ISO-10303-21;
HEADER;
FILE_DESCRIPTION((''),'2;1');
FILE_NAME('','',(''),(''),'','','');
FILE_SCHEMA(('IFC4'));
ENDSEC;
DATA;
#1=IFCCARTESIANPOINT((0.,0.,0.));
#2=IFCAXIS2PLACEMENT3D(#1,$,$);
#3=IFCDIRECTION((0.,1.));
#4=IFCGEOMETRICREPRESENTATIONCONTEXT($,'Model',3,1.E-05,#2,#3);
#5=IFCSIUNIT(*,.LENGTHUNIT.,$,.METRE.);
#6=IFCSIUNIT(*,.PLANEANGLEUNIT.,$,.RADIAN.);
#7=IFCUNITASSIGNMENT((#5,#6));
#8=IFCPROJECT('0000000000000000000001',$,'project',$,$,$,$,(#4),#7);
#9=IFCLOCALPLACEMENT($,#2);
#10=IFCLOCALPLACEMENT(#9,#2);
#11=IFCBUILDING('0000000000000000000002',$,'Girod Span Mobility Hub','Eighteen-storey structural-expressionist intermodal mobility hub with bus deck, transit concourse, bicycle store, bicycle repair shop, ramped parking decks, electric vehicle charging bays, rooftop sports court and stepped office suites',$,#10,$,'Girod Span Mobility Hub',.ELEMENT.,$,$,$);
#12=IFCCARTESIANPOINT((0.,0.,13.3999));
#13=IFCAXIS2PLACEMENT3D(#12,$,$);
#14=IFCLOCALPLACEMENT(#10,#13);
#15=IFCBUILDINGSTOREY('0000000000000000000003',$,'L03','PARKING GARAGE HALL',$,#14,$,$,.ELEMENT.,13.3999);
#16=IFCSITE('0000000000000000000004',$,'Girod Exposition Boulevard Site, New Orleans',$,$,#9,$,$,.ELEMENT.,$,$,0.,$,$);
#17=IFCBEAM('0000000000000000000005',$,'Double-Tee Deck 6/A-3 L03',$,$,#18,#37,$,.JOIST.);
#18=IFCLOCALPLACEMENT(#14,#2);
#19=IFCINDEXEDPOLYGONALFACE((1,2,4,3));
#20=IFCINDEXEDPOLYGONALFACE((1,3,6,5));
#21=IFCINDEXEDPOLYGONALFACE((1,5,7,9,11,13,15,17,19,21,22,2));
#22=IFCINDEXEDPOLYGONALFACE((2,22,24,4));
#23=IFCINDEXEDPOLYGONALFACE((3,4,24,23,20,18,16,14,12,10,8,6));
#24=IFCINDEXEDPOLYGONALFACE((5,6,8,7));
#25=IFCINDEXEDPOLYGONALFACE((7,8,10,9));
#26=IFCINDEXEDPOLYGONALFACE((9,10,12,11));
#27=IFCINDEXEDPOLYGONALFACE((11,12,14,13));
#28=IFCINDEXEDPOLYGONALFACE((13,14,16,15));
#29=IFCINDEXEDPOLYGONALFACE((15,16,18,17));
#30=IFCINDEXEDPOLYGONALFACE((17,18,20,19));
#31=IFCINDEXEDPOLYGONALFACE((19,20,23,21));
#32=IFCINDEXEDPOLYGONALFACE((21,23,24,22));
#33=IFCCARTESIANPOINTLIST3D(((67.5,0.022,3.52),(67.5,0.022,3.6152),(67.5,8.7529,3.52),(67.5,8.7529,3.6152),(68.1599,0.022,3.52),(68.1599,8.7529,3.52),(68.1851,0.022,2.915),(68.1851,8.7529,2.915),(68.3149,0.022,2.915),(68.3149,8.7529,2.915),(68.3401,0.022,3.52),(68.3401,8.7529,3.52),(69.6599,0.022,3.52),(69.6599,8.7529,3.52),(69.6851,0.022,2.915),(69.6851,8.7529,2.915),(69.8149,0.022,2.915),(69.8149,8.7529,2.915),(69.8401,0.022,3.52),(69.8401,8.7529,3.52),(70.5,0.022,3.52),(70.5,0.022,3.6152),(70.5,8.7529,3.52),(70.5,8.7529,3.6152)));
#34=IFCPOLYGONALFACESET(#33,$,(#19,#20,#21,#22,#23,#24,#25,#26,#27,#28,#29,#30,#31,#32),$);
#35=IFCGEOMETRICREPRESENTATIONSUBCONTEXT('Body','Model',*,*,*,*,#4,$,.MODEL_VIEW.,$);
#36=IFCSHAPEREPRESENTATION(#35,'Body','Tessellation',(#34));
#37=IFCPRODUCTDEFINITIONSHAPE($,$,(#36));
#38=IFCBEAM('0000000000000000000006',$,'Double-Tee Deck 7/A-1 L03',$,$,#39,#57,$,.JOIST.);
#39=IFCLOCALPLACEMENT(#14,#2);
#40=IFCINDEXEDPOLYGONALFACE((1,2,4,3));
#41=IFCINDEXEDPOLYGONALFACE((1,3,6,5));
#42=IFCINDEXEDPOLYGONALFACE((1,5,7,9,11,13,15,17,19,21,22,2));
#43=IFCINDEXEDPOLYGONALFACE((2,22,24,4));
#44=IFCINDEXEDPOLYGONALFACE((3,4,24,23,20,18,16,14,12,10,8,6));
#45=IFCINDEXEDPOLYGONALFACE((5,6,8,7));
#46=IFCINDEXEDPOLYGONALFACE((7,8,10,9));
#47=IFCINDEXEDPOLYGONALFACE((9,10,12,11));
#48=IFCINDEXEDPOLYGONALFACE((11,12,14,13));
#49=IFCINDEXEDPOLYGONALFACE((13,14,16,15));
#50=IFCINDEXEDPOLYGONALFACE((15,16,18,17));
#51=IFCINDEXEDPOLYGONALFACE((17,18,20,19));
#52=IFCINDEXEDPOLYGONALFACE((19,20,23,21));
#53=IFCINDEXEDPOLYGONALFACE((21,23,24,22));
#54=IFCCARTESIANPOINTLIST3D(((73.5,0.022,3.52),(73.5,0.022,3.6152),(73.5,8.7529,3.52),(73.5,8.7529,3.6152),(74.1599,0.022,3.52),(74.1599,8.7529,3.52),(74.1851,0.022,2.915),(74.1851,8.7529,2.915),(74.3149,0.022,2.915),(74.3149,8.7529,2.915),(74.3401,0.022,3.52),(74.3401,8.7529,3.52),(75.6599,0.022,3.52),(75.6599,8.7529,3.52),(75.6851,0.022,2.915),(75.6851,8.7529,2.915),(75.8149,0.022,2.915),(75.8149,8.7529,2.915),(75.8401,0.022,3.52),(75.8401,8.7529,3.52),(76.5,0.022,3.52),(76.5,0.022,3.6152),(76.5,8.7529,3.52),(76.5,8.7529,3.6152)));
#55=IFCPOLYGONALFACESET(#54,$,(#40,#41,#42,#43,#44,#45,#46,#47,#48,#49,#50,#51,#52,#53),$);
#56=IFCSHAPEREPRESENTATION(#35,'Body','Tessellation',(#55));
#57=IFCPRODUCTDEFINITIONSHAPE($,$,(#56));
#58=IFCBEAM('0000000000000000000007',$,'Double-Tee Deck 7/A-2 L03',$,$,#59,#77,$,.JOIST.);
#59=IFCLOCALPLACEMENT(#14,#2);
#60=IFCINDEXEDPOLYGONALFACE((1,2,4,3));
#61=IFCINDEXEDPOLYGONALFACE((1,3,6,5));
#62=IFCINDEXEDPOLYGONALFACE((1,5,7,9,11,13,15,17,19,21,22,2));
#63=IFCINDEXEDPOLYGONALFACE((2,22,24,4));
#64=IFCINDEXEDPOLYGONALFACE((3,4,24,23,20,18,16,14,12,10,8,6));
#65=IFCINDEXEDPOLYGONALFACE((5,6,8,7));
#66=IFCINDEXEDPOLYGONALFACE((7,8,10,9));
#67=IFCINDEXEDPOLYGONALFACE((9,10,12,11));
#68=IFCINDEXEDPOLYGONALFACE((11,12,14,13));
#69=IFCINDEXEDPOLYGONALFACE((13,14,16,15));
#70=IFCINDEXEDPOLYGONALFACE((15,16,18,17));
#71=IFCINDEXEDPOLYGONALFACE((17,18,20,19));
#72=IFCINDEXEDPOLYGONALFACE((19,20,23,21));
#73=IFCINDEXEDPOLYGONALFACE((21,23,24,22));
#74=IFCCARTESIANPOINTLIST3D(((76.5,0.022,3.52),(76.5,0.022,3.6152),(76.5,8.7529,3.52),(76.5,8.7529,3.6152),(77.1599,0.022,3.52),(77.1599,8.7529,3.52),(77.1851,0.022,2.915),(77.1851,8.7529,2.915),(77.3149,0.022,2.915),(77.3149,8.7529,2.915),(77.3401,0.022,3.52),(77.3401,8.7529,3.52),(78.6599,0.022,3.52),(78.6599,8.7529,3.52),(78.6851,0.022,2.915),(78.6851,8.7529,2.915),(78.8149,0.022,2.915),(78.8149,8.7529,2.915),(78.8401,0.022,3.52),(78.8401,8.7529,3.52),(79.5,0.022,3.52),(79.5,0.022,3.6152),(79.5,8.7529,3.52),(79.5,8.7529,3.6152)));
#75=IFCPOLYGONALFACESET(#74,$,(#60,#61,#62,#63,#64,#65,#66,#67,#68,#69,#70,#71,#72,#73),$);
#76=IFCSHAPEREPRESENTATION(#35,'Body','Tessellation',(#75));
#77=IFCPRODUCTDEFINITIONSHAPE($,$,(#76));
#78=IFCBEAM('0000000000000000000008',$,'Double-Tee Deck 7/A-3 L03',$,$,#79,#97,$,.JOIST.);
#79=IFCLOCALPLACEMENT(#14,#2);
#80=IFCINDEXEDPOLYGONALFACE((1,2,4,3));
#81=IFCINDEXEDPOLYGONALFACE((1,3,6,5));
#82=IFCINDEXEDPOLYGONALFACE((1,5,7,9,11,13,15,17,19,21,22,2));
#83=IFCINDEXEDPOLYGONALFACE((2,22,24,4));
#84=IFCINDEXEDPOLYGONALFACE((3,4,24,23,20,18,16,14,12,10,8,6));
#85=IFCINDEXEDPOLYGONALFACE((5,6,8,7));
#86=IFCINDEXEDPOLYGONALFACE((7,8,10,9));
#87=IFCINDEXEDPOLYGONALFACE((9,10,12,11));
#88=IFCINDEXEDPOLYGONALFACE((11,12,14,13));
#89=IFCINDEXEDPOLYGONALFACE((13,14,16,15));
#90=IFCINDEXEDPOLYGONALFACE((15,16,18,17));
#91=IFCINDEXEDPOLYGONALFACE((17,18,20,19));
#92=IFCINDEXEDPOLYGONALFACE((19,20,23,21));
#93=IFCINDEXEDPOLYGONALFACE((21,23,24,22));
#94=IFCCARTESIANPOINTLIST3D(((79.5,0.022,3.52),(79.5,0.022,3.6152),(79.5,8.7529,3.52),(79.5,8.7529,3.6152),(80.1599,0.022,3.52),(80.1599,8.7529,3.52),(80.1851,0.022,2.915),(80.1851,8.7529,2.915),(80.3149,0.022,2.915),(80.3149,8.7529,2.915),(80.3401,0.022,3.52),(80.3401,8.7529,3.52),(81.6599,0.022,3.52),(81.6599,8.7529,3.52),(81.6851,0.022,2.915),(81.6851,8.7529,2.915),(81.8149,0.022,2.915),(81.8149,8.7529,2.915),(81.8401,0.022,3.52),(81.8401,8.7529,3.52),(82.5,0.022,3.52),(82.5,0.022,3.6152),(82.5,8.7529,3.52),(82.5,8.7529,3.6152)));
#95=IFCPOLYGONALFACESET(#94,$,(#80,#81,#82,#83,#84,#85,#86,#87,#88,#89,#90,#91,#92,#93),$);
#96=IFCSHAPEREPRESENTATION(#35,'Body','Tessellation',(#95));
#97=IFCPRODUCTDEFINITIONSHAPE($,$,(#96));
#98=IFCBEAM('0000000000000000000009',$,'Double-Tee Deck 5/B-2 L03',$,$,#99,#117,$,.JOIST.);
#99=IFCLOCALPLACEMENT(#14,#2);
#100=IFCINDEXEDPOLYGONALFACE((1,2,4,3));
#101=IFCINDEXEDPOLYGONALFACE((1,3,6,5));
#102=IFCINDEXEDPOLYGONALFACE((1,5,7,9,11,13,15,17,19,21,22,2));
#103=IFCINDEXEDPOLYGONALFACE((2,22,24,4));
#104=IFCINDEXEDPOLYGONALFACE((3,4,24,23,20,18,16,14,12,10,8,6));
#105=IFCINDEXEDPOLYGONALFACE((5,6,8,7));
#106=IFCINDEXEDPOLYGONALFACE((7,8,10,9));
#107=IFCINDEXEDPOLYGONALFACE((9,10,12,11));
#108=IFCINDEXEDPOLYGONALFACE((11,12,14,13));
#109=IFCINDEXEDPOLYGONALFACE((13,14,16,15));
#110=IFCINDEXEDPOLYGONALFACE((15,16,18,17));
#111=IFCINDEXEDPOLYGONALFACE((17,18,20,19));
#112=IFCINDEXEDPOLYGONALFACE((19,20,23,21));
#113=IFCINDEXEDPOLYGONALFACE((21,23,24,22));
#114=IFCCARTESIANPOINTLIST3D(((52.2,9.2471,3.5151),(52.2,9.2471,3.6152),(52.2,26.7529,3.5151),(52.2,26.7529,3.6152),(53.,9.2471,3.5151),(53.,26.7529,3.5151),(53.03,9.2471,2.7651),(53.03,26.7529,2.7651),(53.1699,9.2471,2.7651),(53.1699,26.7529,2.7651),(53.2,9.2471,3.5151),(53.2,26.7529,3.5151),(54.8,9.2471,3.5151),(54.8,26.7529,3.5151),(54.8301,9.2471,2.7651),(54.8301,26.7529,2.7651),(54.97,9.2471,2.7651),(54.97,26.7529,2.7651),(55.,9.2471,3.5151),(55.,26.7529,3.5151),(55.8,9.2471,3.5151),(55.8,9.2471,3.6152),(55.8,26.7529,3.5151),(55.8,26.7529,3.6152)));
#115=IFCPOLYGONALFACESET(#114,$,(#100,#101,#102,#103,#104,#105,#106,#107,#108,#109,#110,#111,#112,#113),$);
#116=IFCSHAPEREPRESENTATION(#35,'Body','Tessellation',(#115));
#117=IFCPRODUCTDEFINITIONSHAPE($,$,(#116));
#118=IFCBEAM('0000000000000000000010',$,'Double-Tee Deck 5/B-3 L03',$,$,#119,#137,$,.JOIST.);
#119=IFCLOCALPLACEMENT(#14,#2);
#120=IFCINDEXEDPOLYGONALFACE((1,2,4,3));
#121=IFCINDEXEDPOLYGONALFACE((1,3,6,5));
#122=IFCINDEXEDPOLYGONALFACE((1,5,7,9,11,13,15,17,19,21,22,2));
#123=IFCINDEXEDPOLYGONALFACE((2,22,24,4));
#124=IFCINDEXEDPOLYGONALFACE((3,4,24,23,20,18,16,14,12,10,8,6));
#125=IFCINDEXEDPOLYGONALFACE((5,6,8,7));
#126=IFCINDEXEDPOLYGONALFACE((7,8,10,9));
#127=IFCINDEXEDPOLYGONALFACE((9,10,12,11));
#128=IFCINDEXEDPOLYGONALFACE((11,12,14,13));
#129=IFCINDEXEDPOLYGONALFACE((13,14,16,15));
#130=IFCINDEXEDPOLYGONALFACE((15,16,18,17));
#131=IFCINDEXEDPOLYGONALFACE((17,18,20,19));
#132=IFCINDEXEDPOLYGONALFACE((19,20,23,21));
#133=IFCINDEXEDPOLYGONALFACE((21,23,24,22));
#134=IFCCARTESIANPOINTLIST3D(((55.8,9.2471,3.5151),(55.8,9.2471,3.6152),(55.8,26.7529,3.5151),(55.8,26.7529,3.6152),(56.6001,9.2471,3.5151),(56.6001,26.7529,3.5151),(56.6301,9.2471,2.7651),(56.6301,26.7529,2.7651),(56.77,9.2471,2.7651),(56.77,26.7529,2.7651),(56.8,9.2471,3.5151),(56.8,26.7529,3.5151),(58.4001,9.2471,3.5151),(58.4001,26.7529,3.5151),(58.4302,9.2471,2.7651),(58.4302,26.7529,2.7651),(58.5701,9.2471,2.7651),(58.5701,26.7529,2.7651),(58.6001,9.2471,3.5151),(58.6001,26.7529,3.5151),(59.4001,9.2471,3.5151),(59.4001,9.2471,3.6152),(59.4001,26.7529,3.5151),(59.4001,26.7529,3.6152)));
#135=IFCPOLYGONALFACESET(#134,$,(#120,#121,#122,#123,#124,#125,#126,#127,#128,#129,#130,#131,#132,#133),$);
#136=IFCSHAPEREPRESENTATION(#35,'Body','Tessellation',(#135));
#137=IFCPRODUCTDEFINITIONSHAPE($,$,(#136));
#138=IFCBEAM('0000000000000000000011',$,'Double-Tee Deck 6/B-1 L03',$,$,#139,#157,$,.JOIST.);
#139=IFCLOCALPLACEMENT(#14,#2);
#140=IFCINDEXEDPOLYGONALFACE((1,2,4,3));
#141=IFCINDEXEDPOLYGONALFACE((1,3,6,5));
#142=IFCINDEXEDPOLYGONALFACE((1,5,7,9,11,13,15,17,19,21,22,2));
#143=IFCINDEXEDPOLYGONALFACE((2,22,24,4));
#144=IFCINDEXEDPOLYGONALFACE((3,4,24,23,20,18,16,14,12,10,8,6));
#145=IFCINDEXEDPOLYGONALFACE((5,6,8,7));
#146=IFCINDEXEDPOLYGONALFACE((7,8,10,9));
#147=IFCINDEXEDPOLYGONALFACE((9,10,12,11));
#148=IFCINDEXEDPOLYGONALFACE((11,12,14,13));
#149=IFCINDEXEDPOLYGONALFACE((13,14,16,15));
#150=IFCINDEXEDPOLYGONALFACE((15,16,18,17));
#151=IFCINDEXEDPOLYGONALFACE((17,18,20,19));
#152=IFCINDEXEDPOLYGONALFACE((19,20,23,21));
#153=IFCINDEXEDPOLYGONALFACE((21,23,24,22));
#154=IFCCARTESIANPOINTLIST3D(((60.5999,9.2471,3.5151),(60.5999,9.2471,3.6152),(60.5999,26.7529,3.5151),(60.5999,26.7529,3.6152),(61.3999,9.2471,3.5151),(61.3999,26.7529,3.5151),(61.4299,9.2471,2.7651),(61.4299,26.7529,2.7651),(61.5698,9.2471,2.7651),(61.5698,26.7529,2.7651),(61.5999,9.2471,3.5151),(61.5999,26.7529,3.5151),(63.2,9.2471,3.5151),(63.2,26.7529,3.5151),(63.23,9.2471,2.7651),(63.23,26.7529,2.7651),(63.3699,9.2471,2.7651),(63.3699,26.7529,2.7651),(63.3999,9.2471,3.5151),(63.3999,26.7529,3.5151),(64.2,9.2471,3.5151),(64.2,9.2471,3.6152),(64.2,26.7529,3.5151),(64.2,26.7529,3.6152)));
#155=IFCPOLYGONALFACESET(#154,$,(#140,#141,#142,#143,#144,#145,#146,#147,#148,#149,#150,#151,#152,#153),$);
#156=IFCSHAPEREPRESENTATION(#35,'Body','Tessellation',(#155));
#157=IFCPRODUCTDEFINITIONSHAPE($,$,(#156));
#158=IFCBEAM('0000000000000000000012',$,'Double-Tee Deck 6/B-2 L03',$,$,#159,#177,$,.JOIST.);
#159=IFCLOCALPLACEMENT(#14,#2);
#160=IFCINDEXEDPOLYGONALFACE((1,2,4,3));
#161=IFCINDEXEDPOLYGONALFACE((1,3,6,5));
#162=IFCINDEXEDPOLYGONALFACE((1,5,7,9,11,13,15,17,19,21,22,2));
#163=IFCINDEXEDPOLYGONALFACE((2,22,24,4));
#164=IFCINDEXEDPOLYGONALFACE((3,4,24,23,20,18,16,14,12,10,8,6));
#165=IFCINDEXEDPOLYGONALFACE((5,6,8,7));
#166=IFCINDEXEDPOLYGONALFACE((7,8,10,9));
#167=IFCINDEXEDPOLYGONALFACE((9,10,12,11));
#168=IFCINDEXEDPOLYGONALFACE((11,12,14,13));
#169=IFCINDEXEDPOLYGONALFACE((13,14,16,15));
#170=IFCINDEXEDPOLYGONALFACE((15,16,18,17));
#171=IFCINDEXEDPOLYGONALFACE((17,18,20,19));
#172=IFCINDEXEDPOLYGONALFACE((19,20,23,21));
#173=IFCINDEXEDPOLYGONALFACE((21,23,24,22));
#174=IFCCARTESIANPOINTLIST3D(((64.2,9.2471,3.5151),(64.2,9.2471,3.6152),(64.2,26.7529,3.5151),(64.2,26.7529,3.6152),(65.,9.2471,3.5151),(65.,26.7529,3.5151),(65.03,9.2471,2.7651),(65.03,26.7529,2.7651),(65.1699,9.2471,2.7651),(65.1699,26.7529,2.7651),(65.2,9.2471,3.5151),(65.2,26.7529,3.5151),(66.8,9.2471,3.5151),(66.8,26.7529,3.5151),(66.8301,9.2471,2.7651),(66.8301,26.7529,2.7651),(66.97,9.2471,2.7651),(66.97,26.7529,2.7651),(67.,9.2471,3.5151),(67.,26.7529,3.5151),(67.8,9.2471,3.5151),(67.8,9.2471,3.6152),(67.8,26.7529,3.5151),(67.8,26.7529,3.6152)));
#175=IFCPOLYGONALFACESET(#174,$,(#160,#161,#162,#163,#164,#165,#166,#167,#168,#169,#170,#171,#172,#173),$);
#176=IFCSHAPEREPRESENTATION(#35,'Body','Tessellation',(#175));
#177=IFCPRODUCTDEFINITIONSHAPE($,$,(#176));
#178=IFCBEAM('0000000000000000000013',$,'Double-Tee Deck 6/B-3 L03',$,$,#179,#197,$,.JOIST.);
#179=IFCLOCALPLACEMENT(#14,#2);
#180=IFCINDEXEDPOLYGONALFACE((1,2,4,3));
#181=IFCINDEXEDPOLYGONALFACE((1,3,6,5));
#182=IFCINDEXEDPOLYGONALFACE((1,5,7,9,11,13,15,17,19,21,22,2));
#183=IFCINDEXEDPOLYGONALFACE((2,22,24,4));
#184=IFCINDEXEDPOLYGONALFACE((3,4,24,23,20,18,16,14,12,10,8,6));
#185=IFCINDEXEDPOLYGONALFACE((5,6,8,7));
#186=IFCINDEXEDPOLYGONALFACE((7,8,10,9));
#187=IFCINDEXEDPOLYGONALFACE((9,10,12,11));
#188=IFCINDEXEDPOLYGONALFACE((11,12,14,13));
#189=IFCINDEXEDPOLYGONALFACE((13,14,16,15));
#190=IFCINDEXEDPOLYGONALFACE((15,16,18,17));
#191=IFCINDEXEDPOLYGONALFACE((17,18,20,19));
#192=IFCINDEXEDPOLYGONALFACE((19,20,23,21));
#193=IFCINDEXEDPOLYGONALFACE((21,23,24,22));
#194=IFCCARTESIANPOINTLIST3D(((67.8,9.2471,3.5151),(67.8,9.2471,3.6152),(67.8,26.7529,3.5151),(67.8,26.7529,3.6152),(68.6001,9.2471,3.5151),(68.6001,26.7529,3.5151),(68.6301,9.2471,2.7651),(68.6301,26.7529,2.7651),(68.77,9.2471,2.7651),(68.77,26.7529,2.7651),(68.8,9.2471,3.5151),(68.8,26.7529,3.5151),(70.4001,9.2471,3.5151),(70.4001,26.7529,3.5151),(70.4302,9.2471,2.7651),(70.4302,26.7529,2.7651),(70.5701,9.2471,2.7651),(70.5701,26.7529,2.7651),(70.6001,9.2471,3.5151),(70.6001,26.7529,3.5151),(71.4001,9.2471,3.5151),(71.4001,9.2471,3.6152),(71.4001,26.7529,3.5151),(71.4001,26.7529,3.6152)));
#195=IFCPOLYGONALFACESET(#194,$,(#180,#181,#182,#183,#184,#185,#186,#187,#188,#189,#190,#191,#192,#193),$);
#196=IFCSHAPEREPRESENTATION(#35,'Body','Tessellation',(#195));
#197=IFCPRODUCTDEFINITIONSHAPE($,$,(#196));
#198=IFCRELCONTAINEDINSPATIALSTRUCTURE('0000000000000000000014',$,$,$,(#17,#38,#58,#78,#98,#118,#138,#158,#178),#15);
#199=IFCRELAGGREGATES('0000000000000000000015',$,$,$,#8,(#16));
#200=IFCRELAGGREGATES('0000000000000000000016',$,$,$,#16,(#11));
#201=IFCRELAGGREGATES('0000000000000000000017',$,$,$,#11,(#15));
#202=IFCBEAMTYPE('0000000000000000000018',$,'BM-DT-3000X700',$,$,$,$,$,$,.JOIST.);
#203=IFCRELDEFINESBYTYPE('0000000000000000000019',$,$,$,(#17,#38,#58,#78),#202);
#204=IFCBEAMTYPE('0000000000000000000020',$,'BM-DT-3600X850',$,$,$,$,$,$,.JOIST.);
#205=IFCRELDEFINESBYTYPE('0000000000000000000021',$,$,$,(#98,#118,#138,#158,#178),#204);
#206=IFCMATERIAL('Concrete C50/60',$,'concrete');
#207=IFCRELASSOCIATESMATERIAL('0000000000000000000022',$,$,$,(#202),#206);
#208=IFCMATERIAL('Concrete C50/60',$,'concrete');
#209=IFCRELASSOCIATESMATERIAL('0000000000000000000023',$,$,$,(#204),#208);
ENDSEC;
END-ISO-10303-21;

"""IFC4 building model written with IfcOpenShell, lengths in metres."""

from ifc_helpers import new_model, si_unit, direction, frame, origin, place, context, subcontext, project, spatial, polyline, outline, extrude, material, material_profile, profile_set, type_object, element, save


model = new_model("IFC4")

# Units and contexts
model_context = context("Model", 3, precision=1e-05, world=origin(), true_north=direction((0.0, 1.0)))
body_context = subcontext(model_context, "Body", "Model", "MODEL_VIEW")
ifc_project = project(units=[si_unit("LENGTHUNIT", "METRE"), si_unit("PLANEANGLEUNIT", "RADIAN")], contexts=[model_context])

# Site, building, storey
site_placement = place(None, origin())
site = spatial("IfcSite", under=ifc_project, at=site_placement, Name="Girod Exposition Boulevard Site, New Orleans", CompositionType="ELEMENT", RefElevation=0.0)
building_placement = place(site_placement, origin())
building = spatial("IfcBuilding", under=site, at=building_placement, Name="Girod Span Mobility Hub", Description="Eighteen-storey structural-expressionist intermodal mobility hub with bus deck, transit concourse, bicycle store, bicycle repair shop, ramped parking decks, electric vehicle charging bays, rooftop sports court and stepped office suites", LongName="Girod Span Mobility Hub", CompositionType="ELEMENT")
storey_placement = place(building_placement, frame((0.0, 0.0, 13.3999)))
storey = spatial("IfcBuildingStorey", under=building, at=storey_placement, Name="L03", Description="PARKING GARAGE HALL", CompositionType="ELEMENT", Elevation=13.3999)

# Beams
ifc_material_1 = material(Name="Concrete C50/60", Category="concrete")
ifc_material_profile_1 = material_profile(ifc_material_1, outline(polyline([(-1.5, 0.3501), (-1.5, 0.2549), (-0.8401, 0.2549), (-0.8149, -0.3501), (-0.6851, -0.3501), (-0.6599, 0.2549), (0.6599, 0.2549), (0.6851, -0.3501), (0.8149, -0.3501), (0.8401, 0.2549), (1.5, 0.2549), (1.5, 0.3501), (-1.5, 0.3501)])), Name="DT-3000X700")
ifc_profile_set_1 = profile_set([ifc_material_profile_1], Name="Concrete C50/60")
beam_type_1 = type_object("IfcBeamType", Name="BM-DT-3000X700", PredefinedType="JOIST", material=ifc_profile_set_1)
for number, where, z_axis, x_axis, name in (
    (1, (69.0, 0.022, 3.2651), (0.0, 1.0, 0.0), (-1.0, 0.0, 0.0), "Double-Tee Deck 6/A-3 L03"),
    (2, (75.0, 0.022, 3.2651), (0.0, 1.0, 0.0), (-1.0, 0.0, 0.0), "Double-Tee Deck 7/A-1 L03"),
    (3, (78.0, 0.022, 3.2651), (0.0, 1.0, 0.0), (-1.0, 0.0, 0.0), "Double-Tee Deck 7/A-2 L03"),
    (4, (81.0, 0.022, 3.2651), (0.0, 1.0, 0.0), (-1.0, 0.0, 0.0), "Double-Tee Deck 7/A-3 L03"),
):
    element("IfcBeam", number, at=place(storey_placement, frame(where, z_axis=z_axis, x_axis=x_axis)), inside=storey, type_object=beam_type_1, Name=name, PredefinedType="JOIST", context=body_context, shape_type="SweptSolid", body=[
        extrude(outline(polyline([(-1.5, 0.3501), (-1.5, 0.2549), (-0.8401, 0.2549), (-0.8149, -0.3501), (-0.6851, -0.3501), (-0.6599, 0.2549), (0.6599, 0.2549), (0.6851, -0.3501), (0.8149, -0.3501), (0.8401, 0.2549), (1.5, 0.2549), (1.5, 0.3501), (-1.5, 0.3501)])), origin(), (0.0, 0.0, 1.0), 8.731),
    ])
ifc_material_2 = material(Name="Concrete C50/60", Category="concrete")
ifc_material_profile_2 = material_profile(ifc_material_2, outline(polyline([(-1.8, 0.425), (-1.8, 0.325), (-1.0, 0.325), (-0.97, -0.425), (-0.8301, -0.425), (-0.8, 0.325), (0.8, 0.325), (0.8301, -0.425), (0.97, -0.425), (1.0, 0.325), (1.8, 0.325), (1.8, 0.425), (-1.8, 0.425)])), Name="DT-3600X850")
ifc_profile_set_2 = profile_set([ifc_material_profile_2], Name="Concrete C50/60")
beam_type_2 = type_object("IfcBeamType", Name="BM-DT-3600X850", PredefinedType="JOIST", material=ifc_profile_set_2)
for number, where, z_axis, x_axis, name in (
    (5, (54.0, 9.2471, 3.1902), (0.0, 1.0, 0.0), (-1.0, 0.0, 0.0), "Double-Tee Deck 5/B-2 L03"),
    (6, (57.6001, 9.2471, 3.1902), (0.0, 1.0, 0.0), (-1.0, 0.0, 0.0), "Double-Tee Deck 5/B-3 L03"),
    (7, (62.3999, 9.2471, 3.1902), (0.0, 1.0, 0.0), (-1.0, 0.0, 0.0), "Double-Tee Deck 6/B-1 L03"),
    (8, (66.0, 9.2471, 3.1902), (0.0, 1.0, 0.0), (-1.0, 0.0, 0.0), "Double-Tee Deck 6/B-2 L03"),
    (9, (69.6001, 9.2471, 3.1902), (0.0, 1.0, 0.0), (-1.0, 0.0, 0.0), "Double-Tee Deck 6/B-3 L03"),
):
    element("IfcBeam", number, at=place(storey_placement, frame(where, z_axis=z_axis, x_axis=x_axis)), inside=storey, type_object=beam_type_2, Name=name, PredefinedType="JOIST", context=body_context, shape_type="SweptSolid", body=[
        extrude(outline(polyline([(-1.8, 0.425), (-1.8, 0.325), (-1.0, 0.325), (-0.97, -0.425), (-0.8301, -0.425), (-0.8, 0.325), (0.8, 0.325), (0.8301, -0.425), (0.97, -0.425), (1.0, 0.325), (1.8, 0.325), (1.8, 0.425), (-1.8, 0.425)])), origin(), (0.0, 0.0, 1.0), 17.5059),
    ])

save(model, "model.ifc")
